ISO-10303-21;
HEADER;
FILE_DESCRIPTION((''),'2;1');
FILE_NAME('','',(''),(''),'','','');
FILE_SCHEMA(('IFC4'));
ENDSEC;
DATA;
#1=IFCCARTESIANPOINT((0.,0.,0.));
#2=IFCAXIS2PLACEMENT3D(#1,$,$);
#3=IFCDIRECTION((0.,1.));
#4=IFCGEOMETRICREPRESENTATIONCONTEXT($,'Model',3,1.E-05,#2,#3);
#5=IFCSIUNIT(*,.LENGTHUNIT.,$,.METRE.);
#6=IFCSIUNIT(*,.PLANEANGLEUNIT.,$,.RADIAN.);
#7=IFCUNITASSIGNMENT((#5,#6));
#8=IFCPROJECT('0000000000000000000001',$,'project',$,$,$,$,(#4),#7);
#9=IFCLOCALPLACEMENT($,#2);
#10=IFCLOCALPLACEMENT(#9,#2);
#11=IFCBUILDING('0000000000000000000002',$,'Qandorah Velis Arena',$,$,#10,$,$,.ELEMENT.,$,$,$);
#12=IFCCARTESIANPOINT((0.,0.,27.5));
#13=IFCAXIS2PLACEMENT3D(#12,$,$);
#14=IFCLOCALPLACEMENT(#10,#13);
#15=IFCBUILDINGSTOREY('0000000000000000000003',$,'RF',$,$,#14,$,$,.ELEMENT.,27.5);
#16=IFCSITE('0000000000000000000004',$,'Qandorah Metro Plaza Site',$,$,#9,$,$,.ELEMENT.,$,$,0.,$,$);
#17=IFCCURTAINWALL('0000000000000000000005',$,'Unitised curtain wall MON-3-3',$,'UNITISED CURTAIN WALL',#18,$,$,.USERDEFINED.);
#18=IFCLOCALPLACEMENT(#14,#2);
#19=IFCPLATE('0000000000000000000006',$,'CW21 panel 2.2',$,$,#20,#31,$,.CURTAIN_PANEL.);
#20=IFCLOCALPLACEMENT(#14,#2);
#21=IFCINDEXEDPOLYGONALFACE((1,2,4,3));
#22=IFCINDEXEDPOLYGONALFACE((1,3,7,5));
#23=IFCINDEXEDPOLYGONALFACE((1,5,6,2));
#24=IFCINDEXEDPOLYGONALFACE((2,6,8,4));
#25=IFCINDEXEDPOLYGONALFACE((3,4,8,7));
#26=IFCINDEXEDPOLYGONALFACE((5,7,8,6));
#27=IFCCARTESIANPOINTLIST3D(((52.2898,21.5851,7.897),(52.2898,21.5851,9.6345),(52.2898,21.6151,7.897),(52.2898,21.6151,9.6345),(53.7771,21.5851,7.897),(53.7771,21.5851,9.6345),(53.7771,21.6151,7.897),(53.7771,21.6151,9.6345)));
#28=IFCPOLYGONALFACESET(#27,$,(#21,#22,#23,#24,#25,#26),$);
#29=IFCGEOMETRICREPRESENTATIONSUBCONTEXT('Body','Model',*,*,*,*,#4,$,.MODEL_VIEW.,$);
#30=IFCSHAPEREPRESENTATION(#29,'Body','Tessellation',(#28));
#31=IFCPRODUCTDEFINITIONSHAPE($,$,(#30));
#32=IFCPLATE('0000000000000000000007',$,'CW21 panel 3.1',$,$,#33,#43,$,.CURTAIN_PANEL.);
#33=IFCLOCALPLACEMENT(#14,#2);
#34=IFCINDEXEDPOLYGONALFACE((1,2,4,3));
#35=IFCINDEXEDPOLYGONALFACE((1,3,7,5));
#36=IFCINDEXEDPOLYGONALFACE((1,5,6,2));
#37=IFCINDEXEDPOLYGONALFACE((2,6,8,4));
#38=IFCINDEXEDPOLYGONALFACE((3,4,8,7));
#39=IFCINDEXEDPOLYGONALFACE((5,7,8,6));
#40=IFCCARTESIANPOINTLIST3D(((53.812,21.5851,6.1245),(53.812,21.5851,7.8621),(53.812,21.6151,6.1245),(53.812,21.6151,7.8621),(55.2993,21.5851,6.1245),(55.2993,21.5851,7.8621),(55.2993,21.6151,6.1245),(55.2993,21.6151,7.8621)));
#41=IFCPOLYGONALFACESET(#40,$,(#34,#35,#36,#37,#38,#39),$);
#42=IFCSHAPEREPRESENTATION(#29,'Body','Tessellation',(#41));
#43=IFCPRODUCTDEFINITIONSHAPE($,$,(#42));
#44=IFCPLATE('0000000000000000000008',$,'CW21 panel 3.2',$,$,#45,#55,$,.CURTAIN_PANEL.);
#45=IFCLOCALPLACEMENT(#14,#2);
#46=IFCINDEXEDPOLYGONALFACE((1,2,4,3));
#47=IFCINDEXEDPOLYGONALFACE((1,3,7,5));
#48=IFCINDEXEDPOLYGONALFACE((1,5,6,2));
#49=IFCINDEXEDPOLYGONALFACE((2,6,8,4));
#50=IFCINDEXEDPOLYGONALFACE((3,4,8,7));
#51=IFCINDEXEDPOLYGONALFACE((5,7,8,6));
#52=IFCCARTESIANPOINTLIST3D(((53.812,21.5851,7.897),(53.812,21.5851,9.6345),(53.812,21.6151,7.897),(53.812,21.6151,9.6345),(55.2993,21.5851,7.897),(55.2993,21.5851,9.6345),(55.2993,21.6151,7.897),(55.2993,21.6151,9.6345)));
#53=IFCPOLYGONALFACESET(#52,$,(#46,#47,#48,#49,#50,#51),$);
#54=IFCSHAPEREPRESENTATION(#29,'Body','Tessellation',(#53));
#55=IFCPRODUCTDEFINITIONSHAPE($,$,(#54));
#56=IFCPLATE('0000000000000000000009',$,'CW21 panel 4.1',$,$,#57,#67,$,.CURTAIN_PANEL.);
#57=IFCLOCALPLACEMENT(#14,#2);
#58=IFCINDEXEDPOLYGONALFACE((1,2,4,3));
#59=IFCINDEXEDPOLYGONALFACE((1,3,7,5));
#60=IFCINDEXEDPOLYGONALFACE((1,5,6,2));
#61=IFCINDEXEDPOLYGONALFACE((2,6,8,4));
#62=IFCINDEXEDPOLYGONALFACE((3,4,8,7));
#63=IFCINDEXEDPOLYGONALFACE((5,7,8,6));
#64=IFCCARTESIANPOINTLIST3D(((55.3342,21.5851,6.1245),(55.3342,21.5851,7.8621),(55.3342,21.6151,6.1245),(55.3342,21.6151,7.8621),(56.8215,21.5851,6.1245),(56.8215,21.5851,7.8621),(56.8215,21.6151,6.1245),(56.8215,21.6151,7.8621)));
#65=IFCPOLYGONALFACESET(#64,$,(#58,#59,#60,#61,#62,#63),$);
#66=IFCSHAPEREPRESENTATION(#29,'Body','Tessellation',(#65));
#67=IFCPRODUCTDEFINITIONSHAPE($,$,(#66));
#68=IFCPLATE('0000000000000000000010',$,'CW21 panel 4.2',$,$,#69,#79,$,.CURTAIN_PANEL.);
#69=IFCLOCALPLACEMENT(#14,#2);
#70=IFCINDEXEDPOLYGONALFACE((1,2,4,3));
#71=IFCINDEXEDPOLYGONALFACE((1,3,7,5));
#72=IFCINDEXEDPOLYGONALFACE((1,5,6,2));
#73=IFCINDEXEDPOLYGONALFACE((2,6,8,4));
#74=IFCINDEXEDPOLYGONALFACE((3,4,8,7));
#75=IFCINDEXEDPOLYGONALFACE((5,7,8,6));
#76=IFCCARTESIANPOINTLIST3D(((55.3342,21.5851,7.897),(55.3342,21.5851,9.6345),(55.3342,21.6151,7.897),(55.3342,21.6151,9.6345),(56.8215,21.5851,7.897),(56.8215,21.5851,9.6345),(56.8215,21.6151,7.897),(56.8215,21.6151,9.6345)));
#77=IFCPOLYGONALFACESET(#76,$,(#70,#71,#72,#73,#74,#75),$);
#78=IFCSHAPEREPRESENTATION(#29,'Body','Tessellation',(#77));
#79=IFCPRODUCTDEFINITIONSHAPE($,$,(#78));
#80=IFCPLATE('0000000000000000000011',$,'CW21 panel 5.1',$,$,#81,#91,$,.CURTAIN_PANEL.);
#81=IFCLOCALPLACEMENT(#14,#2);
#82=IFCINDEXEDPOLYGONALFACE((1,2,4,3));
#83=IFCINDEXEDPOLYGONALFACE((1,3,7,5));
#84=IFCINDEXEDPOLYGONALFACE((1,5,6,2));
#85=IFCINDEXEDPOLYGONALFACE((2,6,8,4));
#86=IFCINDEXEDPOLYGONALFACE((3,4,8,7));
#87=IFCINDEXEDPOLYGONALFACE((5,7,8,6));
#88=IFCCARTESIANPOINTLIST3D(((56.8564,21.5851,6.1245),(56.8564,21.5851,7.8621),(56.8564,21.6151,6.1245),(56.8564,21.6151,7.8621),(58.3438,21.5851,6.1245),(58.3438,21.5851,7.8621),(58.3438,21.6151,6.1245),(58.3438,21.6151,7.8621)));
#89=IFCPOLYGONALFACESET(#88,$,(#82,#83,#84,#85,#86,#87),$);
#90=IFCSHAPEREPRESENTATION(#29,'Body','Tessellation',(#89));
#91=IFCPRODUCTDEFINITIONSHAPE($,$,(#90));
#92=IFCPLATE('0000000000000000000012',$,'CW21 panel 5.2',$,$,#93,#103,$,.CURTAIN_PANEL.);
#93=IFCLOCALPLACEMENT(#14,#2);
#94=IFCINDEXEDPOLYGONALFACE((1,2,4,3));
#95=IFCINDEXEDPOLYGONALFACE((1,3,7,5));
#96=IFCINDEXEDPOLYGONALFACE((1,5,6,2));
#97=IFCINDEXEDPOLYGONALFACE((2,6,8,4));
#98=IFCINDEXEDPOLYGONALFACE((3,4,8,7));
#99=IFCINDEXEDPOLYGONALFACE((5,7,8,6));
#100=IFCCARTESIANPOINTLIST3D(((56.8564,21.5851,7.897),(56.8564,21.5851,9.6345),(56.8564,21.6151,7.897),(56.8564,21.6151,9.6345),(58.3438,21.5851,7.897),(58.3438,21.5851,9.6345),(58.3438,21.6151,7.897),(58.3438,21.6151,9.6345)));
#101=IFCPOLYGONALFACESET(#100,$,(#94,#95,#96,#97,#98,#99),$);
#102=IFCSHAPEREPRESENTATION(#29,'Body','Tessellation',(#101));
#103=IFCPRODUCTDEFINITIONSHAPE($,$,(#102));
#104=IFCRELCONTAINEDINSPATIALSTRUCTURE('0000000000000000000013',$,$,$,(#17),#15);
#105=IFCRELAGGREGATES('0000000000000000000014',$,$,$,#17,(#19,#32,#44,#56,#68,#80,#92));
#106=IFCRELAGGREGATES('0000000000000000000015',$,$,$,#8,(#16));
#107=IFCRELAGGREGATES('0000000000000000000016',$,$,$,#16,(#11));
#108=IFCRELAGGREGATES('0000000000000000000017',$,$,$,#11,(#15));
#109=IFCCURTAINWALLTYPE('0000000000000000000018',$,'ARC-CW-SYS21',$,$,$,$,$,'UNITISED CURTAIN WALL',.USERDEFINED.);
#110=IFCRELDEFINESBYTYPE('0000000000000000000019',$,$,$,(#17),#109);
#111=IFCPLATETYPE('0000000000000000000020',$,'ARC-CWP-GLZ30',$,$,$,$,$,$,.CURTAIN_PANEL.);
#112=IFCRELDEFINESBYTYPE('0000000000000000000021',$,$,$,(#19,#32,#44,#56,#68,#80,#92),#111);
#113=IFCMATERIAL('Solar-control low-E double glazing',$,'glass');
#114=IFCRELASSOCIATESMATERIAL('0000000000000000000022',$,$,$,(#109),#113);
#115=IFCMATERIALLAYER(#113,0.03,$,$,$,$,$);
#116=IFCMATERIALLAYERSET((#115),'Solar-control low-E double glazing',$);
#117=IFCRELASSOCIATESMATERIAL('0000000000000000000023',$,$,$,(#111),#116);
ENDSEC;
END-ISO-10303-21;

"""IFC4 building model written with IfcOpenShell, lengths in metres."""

from ifc_helpers import new_model, si_unit, direction, frame, origin, origin_2d, place, context, subcontext, project, spatial, rectangle, extrude, material, layer, layer_set, type_object, element, aggregate, save


model = new_model("IFC4")

# Units and contexts
model_context = context("Model", 3, precision=1e-05, world=origin(), true_north=direction((0.0, 1.0)))
body_context = subcontext(model_context, "Body", "Model", "MODEL_VIEW")
ifc_project = project(units=[si_unit("LENGTHUNIT", "METRE"), si_unit("PLANEANGLEUNIT", "RADIAN")], contexts=[model_context])

# Site, building, storey
site_placement = place(None, origin())
site = spatial("IfcSite", under=ifc_project, at=site_placement, Name="Qandorah Metro Plaza Site", CompositionType="ELEMENT", RefElevation=0.0)
building_placement = place(site_placement, origin())
building = spatial("IfcBuilding", under=site, at=building_placement, Name="Qandorah Velis Arena", CompositionType="ELEMENT")
storey_placement = place(building_placement, frame((0.0, 0.0, 27.5)))
storey = spatial("IfcBuildingStorey", under=building, at=storey_placement, Name="RF", CompositionType="ELEMENT", Elevation=27.5)

# Curtain wall
ifc_material_1 = material(Name="Solar-control low-E double glazing", Category="glass")
curtain_wall_type_1 = type_object("IfcCurtainWallType", Name="ARC-CW-SYS21", ElementType="UNITISED CURTAIN WALL", PredefinedType="USERDEFINED", material=ifc_material_1)
curtain_wall_1_placement = place(storey_placement, origin())
curtain_wall_1 = element("IfcCurtainWall", 1, at=curtain_wall_1_placement, inside=storey, type_object=curtain_wall_type_1, Name="Unitised curtain wall MON-3-3", ObjectType="UNITISED CURTAIN WALL", PredefinedType="USERDEFINED")

# Plates
ifc_layer = layer(ifc_material_1, 0.03)
ifc_layer_set = layer_set([ifc_layer], Name="Solar-control low-E double glazing")
plate_type = type_object("IfcPlateType", Name="ARC-CWP-GLZ30", PredefinedType="CURTAIN_PANEL", material=ifc_layer_set)
plate_1_placement = place(storey_placement, frame((53.0334, 21.6001, 7.897), z_axis=(0.0, 0.0, 1.0), x_axis=(1.0, 0.0, 0.0)))
plate_1 = element("IfcPlate", 2, at=plate_1_placement, type_object=plate_type, Name="CW21 panel 2.2", PredefinedType="CURTAIN_PANEL", context=body_context, shape_type="SweptSolid", body=[
    extrude(rectangle(XDim=1.4873, YDim=0.03, at=origin_2d()), origin(), (0.0, 0.0, 1.0), 1.7375),
])
plate_2_placement = place(storey_placement, frame((54.5557, 21.6001, 6.1245), z_axis=(0.0, 0.0, 1.0), x_axis=(1.0, 0.0, 0.0)))
plate_2 = element("IfcPlate", 3, at=plate_2_placement, type_object=plate_type, Name="CW21 panel 3.1", PredefinedType="CURTAIN_PANEL", context=body_context, shape_type="SweptSolid", body=[
    extrude(rectangle(XDim=1.4873, YDim=0.03, at=origin_2d()), origin(), (0.0, 0.0, 1.0), 1.7375),
])
plate_3_placement = place(storey_placement, frame((54.5557, 21.6001, 7.897), z_axis=(0.0, 0.0, 1.0), x_axis=(1.0, 0.0, 0.0)))
plate_3 = element("IfcPlate", 4, at=plate_3_placement, type_object=plate_type, Name="CW21 panel 3.2", PredefinedType="CURTAIN_PANEL", context=body_context, shape_type="SweptSolid", body=[
    extrude(rectangle(XDim=1.4873, YDim=0.03, at=origin_2d()), origin(), (0.0, 0.0, 1.0), 1.7375),
])
plate_4_placement = place(storey_placement, frame((56.0779, 21.6001, 6.1245), z_axis=(0.0, 0.0, 1.0), x_axis=(1.0, 0.0, 0.0)))
plate_4 = element("IfcPlate", 5, at=plate_4_placement, type_object=plate_type, Name="CW21 panel 4.1", PredefinedType="CURTAIN_PANEL", context=body_context, shape_type="SweptSolid", body=[
    extrude(rectangle(XDim=1.4873, YDim=0.03, at=origin_2d()), origin(), (0.0, 0.0, 1.0), 1.7375),
])
plate_5_placement = place(storey_placement, frame((56.0779, 21.6001, 7.897), z_axis=(0.0, 0.0, 1.0), x_axis=(1.0, 0.0, 0.0)))
plate_5 = element("IfcPlate", 6, at=plate_5_placement, type_object=plate_type, Name="CW21 panel 4.2", PredefinedType="CURTAIN_PANEL", context=body_context, shape_type="SweptSolid", body=[
    extrude(rectangle(XDim=1.4873, YDim=0.03, at=origin_2d()), origin(), (0.0, 0.0, 1.0), 1.7375),
])
plate_6_placement = place(storey_placement, frame((57.6001, 21.6001, 6.1245), z_axis=(0.0, 0.0, 1.0), x_axis=(1.0, 0.0, 0.0)))
plate_6 = element("IfcPlate", 7, at=plate_6_placement, type_object=plate_type, Name="CW21 panel 5.1", PredefinedType="CURTAIN_PANEL", context=body_context, shape_type="SweptSolid", body=[
    extrude(rectangle(XDim=1.4873, YDim=0.03, at=origin_2d()), origin(), (0.0, 0.0, 1.0), 1.7375),
])
plate_7_placement = place(storey_placement, frame((57.6001, 21.6001, 7.897), z_axis=(0.0, 0.0, 1.0), x_axis=(1.0, 0.0, 0.0)))
plate_7 = element("IfcPlate", 8, at=plate_7_placement, type_object=plate_type, Name="CW21 panel 5.2", PredefinedType="CURTAIN_PANEL", context=body_context, shape_type="SweptSolid", body=[
    extrude(rectangle(XDim=1.4873, YDim=0.03, at=origin_2d()), origin(), (0.0, 0.0, 1.0), 1.7375),
])
aggregate(curtain_wall_1, [plate_1, plate_2, plate_3, plate_4, plate_5, plate_6, plate_7])

save(model, "model.ifc")
